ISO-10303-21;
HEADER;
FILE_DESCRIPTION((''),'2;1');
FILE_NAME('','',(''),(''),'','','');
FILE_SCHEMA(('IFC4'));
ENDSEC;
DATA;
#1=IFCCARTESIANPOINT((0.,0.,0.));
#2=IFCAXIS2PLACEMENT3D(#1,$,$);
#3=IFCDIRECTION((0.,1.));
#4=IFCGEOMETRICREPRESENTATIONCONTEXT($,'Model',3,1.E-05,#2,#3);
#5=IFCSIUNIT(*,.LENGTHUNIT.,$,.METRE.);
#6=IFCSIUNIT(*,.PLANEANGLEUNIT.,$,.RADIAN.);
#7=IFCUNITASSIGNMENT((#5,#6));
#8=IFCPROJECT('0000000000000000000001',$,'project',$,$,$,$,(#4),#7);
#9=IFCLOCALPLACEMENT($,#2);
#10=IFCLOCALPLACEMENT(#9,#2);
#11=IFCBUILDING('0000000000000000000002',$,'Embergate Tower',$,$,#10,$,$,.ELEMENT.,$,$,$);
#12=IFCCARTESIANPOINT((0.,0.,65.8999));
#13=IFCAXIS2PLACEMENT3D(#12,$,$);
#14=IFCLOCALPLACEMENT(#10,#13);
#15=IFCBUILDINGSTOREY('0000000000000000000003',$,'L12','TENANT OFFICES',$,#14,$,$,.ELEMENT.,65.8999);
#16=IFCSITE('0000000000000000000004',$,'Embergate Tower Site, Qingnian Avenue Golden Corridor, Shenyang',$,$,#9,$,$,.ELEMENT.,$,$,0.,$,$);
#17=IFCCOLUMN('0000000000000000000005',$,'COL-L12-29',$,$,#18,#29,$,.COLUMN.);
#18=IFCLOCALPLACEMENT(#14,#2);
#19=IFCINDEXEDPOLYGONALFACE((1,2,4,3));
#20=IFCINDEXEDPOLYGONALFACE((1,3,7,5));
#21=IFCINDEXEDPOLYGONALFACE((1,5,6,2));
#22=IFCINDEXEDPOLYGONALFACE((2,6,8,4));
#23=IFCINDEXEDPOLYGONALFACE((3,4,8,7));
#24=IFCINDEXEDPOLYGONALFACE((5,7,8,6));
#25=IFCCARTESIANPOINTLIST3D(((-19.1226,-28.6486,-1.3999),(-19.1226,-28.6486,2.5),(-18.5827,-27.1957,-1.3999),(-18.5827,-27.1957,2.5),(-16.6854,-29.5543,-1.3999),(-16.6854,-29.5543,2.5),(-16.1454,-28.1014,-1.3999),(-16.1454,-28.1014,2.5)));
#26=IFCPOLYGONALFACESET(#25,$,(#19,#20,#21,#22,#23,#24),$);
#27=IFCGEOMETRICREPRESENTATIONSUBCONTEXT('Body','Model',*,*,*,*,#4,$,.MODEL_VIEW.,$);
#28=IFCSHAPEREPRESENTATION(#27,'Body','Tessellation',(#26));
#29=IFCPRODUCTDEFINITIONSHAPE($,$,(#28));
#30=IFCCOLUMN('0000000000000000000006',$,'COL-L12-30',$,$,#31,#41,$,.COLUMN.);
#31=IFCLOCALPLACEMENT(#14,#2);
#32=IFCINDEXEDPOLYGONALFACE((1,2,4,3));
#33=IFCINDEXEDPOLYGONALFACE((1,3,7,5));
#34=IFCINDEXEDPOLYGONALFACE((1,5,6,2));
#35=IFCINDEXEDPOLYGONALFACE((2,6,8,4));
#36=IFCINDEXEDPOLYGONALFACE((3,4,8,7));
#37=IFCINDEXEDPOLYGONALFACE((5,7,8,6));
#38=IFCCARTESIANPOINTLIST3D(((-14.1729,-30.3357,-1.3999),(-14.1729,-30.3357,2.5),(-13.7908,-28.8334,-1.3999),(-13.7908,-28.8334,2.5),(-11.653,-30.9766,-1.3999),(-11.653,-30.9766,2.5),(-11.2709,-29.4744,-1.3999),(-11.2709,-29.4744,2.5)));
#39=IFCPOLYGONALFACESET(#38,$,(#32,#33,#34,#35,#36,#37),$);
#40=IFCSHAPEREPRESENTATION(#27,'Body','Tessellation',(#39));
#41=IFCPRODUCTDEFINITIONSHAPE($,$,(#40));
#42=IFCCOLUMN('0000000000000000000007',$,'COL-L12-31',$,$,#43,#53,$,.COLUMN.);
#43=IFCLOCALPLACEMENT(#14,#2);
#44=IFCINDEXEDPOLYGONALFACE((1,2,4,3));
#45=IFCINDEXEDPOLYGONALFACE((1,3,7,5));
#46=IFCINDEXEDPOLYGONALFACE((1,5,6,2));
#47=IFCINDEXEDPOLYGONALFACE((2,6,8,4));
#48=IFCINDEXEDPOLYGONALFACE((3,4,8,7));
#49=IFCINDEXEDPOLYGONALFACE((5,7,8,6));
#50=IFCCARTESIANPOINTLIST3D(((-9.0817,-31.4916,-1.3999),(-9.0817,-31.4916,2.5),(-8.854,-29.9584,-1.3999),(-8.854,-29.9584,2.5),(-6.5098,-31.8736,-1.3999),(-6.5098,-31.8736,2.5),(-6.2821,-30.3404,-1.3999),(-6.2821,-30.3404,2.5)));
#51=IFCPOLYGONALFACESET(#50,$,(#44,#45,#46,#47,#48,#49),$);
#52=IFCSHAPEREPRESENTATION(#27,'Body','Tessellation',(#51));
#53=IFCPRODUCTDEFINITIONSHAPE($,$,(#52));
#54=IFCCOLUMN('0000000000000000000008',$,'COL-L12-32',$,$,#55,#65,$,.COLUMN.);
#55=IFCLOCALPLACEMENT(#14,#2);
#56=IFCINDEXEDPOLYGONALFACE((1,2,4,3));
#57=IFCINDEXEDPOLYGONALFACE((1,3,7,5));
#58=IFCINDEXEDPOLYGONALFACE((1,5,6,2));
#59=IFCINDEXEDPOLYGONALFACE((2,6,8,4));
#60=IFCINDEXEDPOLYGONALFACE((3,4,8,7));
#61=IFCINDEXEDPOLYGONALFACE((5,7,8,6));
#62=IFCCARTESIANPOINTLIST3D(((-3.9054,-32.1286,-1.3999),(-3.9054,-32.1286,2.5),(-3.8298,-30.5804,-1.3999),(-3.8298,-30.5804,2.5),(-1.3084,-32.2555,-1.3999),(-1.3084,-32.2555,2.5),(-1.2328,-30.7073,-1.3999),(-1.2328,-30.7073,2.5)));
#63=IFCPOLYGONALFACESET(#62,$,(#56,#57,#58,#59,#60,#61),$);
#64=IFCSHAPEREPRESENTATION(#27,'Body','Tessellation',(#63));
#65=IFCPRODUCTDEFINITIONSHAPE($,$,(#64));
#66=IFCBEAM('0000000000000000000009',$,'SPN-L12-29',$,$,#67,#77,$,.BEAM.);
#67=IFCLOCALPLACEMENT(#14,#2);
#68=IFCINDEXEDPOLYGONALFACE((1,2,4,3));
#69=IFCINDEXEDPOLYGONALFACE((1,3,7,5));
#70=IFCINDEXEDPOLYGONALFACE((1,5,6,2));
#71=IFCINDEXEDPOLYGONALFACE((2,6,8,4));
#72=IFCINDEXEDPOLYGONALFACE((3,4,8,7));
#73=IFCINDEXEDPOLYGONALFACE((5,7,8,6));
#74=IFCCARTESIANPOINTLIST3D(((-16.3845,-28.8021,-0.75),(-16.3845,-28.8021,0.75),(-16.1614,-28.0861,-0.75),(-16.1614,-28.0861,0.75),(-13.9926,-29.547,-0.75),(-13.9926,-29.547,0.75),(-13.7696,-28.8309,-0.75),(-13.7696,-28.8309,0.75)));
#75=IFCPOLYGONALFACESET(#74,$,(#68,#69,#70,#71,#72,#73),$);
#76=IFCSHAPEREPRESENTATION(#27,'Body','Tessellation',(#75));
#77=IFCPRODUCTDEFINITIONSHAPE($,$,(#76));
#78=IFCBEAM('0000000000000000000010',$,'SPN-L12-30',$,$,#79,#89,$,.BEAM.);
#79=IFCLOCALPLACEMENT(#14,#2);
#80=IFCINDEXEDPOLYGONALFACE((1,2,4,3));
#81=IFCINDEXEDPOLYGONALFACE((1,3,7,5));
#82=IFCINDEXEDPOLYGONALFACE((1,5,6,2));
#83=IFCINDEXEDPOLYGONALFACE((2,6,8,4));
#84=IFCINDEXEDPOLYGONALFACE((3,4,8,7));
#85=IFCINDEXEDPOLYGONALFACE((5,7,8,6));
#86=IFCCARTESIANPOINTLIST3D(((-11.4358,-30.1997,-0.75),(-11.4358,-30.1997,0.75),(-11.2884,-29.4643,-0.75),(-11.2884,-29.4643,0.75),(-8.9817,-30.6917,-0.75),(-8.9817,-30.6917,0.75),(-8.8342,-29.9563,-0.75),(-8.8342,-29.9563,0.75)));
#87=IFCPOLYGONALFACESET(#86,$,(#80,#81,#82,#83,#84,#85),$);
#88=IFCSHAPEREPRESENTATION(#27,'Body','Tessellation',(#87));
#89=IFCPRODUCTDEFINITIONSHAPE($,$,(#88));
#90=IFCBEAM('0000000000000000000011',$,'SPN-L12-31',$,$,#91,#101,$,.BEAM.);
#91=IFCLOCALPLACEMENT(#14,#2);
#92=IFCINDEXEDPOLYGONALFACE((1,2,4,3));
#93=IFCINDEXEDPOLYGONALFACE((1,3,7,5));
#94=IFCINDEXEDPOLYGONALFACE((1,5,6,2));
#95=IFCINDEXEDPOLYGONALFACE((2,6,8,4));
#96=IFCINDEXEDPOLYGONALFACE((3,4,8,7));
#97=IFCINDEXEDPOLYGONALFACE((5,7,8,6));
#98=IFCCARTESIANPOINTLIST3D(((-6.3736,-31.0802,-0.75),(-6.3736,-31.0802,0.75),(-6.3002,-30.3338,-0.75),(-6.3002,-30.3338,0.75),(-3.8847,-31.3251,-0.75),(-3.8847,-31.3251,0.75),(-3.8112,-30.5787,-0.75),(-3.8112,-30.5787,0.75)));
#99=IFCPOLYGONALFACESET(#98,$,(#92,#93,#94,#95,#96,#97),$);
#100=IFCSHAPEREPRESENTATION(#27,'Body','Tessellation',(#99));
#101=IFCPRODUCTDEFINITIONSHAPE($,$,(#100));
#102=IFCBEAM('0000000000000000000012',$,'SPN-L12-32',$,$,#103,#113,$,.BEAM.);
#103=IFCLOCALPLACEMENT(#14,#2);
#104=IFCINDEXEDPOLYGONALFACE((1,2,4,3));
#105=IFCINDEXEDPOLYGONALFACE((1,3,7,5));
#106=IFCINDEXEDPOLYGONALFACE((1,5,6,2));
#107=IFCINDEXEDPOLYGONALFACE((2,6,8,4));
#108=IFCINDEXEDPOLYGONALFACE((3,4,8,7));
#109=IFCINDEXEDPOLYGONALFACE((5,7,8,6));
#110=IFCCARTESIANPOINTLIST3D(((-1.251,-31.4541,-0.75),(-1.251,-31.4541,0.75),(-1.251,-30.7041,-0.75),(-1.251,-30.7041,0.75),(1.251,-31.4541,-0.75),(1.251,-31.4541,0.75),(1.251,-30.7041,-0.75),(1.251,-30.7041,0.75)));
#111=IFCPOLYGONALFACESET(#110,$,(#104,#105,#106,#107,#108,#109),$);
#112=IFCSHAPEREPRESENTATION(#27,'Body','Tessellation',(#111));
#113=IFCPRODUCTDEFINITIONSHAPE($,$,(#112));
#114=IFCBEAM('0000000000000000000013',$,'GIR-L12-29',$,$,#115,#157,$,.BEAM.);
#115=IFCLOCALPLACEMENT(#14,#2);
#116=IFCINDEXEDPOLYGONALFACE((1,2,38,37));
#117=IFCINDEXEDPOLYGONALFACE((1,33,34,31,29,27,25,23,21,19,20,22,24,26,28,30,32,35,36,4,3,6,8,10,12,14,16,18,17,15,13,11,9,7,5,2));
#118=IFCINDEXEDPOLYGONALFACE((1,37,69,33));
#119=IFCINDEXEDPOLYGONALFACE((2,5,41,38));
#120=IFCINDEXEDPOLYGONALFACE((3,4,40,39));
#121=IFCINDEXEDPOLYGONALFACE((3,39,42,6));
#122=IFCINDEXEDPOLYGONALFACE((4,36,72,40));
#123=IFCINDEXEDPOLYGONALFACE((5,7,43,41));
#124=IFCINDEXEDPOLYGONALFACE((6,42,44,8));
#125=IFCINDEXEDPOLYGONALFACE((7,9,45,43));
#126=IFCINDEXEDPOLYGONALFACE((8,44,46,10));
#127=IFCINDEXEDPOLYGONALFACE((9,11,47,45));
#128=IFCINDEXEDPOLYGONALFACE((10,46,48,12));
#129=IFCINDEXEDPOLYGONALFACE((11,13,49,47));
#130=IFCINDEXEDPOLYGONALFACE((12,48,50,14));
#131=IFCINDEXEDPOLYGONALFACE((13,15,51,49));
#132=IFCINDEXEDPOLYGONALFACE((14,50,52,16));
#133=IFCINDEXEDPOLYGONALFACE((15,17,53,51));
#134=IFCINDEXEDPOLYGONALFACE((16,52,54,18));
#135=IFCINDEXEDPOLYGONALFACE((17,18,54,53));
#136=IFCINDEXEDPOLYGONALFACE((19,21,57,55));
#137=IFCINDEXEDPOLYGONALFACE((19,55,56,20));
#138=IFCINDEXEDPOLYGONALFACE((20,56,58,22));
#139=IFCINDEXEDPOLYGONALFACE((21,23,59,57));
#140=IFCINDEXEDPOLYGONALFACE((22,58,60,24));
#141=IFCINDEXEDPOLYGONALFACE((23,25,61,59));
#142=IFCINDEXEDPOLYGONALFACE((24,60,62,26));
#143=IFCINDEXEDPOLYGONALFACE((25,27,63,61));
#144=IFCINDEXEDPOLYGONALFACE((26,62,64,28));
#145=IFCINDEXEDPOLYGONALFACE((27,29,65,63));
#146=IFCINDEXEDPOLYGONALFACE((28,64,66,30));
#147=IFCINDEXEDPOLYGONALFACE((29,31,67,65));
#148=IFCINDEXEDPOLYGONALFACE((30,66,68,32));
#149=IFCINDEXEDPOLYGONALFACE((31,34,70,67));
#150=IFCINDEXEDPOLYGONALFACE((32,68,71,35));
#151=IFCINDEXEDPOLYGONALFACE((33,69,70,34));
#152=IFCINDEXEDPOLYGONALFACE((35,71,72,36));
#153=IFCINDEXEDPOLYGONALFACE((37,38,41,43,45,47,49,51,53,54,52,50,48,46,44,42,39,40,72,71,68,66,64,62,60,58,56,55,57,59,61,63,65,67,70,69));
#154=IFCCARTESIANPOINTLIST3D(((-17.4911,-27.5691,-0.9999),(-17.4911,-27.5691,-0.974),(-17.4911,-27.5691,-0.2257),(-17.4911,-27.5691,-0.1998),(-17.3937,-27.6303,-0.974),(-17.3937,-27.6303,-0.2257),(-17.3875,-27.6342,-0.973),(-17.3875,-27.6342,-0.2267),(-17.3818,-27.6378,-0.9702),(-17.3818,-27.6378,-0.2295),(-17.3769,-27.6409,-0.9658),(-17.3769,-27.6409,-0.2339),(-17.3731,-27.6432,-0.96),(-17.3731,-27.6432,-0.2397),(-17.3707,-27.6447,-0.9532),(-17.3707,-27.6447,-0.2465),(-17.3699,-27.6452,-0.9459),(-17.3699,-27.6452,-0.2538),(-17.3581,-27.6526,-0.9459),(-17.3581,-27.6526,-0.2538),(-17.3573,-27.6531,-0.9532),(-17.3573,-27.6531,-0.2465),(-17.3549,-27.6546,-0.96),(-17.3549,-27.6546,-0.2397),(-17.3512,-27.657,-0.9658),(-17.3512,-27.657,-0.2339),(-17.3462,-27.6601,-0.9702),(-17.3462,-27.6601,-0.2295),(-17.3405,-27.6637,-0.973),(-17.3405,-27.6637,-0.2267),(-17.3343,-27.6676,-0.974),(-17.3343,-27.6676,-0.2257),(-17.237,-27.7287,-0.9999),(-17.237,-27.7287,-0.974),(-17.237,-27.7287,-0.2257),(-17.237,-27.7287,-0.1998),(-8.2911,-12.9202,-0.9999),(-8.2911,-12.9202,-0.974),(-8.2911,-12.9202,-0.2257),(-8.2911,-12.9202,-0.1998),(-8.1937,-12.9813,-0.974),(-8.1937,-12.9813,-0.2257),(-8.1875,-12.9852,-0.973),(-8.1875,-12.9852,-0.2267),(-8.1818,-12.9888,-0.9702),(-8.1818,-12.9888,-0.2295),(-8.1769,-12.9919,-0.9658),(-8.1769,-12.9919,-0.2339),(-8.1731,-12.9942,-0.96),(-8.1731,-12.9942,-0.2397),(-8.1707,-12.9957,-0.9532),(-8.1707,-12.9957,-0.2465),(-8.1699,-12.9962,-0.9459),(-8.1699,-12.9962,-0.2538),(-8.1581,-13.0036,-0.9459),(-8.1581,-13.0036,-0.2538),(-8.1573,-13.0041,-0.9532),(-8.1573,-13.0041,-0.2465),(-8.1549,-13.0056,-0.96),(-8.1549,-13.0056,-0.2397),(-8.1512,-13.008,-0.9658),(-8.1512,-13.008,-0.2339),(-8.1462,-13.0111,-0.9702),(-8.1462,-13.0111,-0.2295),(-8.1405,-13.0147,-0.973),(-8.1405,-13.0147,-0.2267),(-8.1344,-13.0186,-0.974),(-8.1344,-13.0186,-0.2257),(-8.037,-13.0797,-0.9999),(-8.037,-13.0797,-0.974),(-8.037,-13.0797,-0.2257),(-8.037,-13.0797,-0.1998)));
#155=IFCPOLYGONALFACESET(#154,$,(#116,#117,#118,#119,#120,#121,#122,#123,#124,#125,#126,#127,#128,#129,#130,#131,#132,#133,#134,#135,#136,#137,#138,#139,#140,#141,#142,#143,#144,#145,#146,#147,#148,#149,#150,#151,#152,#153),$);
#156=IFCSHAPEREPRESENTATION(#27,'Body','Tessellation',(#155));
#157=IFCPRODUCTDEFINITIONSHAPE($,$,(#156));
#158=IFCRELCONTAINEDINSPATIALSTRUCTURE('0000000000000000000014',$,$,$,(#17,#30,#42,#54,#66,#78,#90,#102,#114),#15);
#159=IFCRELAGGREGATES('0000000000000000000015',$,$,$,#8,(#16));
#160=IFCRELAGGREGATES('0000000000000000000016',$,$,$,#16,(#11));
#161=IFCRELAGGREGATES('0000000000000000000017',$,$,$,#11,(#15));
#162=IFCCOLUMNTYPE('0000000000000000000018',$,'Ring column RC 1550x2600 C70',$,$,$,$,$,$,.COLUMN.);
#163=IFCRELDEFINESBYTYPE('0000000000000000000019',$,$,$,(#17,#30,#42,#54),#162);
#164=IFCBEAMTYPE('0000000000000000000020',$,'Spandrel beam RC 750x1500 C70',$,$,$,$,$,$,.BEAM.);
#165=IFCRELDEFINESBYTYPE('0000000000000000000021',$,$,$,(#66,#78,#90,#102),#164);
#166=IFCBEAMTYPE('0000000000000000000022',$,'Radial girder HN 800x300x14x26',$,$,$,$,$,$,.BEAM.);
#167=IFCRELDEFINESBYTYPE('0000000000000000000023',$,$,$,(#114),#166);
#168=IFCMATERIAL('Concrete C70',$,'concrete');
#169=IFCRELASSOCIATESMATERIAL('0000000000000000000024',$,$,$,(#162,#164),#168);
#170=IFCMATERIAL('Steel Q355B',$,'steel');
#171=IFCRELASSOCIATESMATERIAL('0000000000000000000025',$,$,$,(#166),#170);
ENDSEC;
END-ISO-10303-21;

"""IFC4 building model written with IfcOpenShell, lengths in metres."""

from ifc_helpers import new_model, si_unit, direction, frame, origin, origin_2d, place, context, subcontext, project, spatial, rectangle, i_section, extrude, source, transform, mapped, material, material_profile, profile_set, type_object, element, save


model = new_model("IFC4")

# Units and contexts
model_context = context("Model", 3, precision=1e-05, world=origin(), true_north=direction((0.0, 1.0)))
body_context = subcontext(model_context, "Body", "Model", "MODEL_VIEW")
ifc_project = project(units=[si_unit("LENGTHUNIT", "METRE"), si_unit("PLANEANGLEUNIT", "RADIAN")], contexts=[model_context])

# Site, building, storey
site_placement = place(None, origin())
site = spatial("IfcSite", under=ifc_project, at=site_placement, Name="Embergate Tower Site, Qingnian Avenue Golden Corridor, Shenyang", CompositionType="ELEMENT", RefElevation=0.0)
building_placement = place(site_placement, origin())
building = spatial("IfcBuilding", under=site, at=building_placement, Name="Embergate Tower", CompositionType="ELEMENT")
storey_placement = place(building_placement, frame((0.0, 0.0, 65.8999)))
storey = spatial("IfcBuildingStorey", under=building, at=storey_placement, Name="L12", Description="TENANT OFFICES", CompositionType="ELEMENT", Elevation=65.8999)

# Columns
ifc_material_1 = material(Name="Concrete C70", Category="concrete")
ifc_material_profile_1 = material_profile(ifc_material_1, rectangle(XDim=1.55, YDim=2.6001, at=origin_2d()), Name="RC 1550x2600")
ifc_profile_set_1 = profile_set([ifc_material_profile_1], Name="Concrete C70")
column_type = type_object("IfcColumnType", Name="Ring column RC 1550x2600 C70", PredefinedType="COLUMN", material=ifc_profile_set_1)
shared_shape_1 = source(origin(), body_context, "Body", "SweptSolid", [
    extrude(rectangle(XDim=1.55, YDim=2.6001, at=origin_2d()), origin(), (0.0, 0.0, 1.0), 3.8999),
])
for number, where, z_axis, x_axis, name in (
    (1, (-17.634, -28.375, -1.3999), (0.0, 0.0, 1.0), (-0.348343, -0.937367, 0.0), "COL-L12-29"),
    (2, (-12.7219, -29.905, -1.3999), (0.0, 0.0, 1.0), (-0.246509, -0.969141, 0.0), "COL-L12-30"),
    (3, (-7.6819, -30.916, -1.3999), (0.0, 0.0, 1.0), (-0.146929, -0.989147, 0.0), "COL-L12-31"),
    (4, (-2.5691, -31.418, -1.3999), (0.0, 0.0, 1.0), (-0.048815, -0.998808, 0.0), "COL-L12-32"),
):
    element("IfcColumn", number, at=place(storey_placement, frame(where, z_axis=z_axis, x_axis=x_axis)), inside=storey, type_object=column_type, Name=name, PredefinedType="COLUMN", context=body_context, shape_type="MappedRepresentation", body=[
        mapped(shared_shape_1, transform((0.0, 0.0, 0.0))),
    ])

# Beams
ifc_material_profile_2 = material_profile(ifc_material_1, rectangle(XDim=0.75, YDim=1.5, at=origin_2d()), Name="RC 750x1500")
ifc_profile_set_2 = profile_set([ifc_material_profile_2], Name="Concrete C70")
beam_type_1 = type_object("IfcBeamType", Name="Spandrel beam RC 750x1500 C70", PredefinedType="BEAM", material=ifc_profile_set_2)
shared_shape_2 = source(origin(), body_context, "Body", "SweptSolid", [
    extrude(rectangle(XDim=0.75, YDim=1.5, at=origin_2d()), origin(), (0.0, 0.0, 1.0), 2.5051),
])
beam_1_placement = place(storey_placement, frame((-16.2729, -28.4441, 0.0), z_axis=(0.954773, -0.297337, 0.0), x_axis=(0.297337, 0.954773, 0.0)))
element("IfcBeam", 5, at=beam_1_placement, inside=storey, type_object=beam_type_1, Name="SPN-L12-29", PredefinedType="BEAM", context=body_context, shape_type="MappedRepresentation", body=[
    mapped(shared_shape_2, transform((0.0, 0.0, 0.0))),
])
shared_shape_3 = source(origin(), body_context, "Body", "SweptSolid", [
    extrude(rectangle(XDim=0.75, YDim=1.5, at=origin_2d()), origin(), (0.0, 0.0, 1.0), 2.5029),
])
beam_2_placement = place(storey_placement, frame((-11.3621, -29.832, 0.0), z_axis=(0.980494, -0.196548, 0.0), x_axis=(0.196548, 0.980494, 0.0)))
element("IfcBeam", 6, at=beam_2_placement, inside=storey, type_object=beam_type_1, Name="SPN-L12-30", PredefinedType="BEAM", context=body_context, shape_type="MappedRepresentation", body=[
    mapped(shared_shape_3, transform((0.0, 0.0, 0.0))),
])
shared_shape_4 = source(origin(), body_context, "Body", "SweptSolid", [
    extrude(rectangle(XDim=0.75, YDim=1.5, at=origin_2d()), origin(), (0.0, 0.0, 1.0), 2.501),
])
beam_3_placement = place(storey_placement, frame((-6.3369, -30.707, 0.0), z_axis=(0.995195, -0.097909, 0.0), x_axis=(0.097909, 0.995195, 0.0)))
element("IfcBeam", 7, at=beam_3_placement, inside=storey, type_object=beam_type_1, Name="SPN-L12-31", PredefinedType="BEAM", context=body_context, shape_type="MappedRepresentation", body=[
    mapped(shared_shape_4, transform((0.0, 0.0, 0.0))),
])
shared_shape_5 = source(origin(), body_context, "Body", "SweptSolid", [
    extrude(rectangle(XDim=0.75, YDim=1.5, at=origin_2d()), origin(), (0.0, 0.0, 1.0), 2.502),
])
beam_4_placement = place(storey_placement, frame((-1.251, -31.0791, 0.0), z_axis=(1.0, 0.0, 0.0), x_axis=(0.0, 1.0, 0.0)))
element("IfcBeam", 8, at=beam_4_placement, inside=storey, type_object=beam_type_1, Name="SPN-L12-32", PredefinedType="BEAM", context=body_context, shape_type="MappedRepresentation", body=[
    mapped(shared_shape_5, transform((0.0, 0.0, 0.0))),
])
ifc_material_2 = material(Name="Steel Q355B", Category="steel")
ifc_material_profile_3 = material_profile(ifc_material_2, i_section(OverallWidth=0.3, OverallDepth=0.8, WebThickness=0.0139, FlangeThickness=0.0259, FilletRadius=0.0281, at=origin_2d()), Name="HN 800x300x14x26")
ifc_profile_set_3 = profile_set([ifc_material_profile_3], Name="Steel Q355 grade B")
beam_type_2 = type_object("IfcBeamType", Name="Radial girder HN 800x300x14x26", PredefinedType="BEAM", material=ifc_profile_set_3)
shared_shape_6 = source(origin(), body_context, "Body", "SweptSolid", [
    extrude(i_section(OverallWidth=0.3, OverallDepth=0.8, WebThickness=0.0139, FlangeThickness=0.0259, FilletRadius=0.0281, at=origin_2d()), origin(), (0.0, 0.0, 1.0), 17.2983),
])
beam_5_placement = place(storey_placement, frame((-17.364, -27.6489, -0.5999), z_axis=(0.531842, 0.846843, 0.0), x_axis=(-0.846843, 0.531842, 0.0)))
element("IfcBeam", 9, at=beam_5_placement, inside=storey, type_object=beam_type_2, Name="GIR-L12-29", PredefinedType="BEAM", context=body_context, shape_type="MappedRepresentation", body=[
    mapped(shared_shape_6, transform((0.0, 0.0, 0.0))),
])

save(model, "model.ifc")
